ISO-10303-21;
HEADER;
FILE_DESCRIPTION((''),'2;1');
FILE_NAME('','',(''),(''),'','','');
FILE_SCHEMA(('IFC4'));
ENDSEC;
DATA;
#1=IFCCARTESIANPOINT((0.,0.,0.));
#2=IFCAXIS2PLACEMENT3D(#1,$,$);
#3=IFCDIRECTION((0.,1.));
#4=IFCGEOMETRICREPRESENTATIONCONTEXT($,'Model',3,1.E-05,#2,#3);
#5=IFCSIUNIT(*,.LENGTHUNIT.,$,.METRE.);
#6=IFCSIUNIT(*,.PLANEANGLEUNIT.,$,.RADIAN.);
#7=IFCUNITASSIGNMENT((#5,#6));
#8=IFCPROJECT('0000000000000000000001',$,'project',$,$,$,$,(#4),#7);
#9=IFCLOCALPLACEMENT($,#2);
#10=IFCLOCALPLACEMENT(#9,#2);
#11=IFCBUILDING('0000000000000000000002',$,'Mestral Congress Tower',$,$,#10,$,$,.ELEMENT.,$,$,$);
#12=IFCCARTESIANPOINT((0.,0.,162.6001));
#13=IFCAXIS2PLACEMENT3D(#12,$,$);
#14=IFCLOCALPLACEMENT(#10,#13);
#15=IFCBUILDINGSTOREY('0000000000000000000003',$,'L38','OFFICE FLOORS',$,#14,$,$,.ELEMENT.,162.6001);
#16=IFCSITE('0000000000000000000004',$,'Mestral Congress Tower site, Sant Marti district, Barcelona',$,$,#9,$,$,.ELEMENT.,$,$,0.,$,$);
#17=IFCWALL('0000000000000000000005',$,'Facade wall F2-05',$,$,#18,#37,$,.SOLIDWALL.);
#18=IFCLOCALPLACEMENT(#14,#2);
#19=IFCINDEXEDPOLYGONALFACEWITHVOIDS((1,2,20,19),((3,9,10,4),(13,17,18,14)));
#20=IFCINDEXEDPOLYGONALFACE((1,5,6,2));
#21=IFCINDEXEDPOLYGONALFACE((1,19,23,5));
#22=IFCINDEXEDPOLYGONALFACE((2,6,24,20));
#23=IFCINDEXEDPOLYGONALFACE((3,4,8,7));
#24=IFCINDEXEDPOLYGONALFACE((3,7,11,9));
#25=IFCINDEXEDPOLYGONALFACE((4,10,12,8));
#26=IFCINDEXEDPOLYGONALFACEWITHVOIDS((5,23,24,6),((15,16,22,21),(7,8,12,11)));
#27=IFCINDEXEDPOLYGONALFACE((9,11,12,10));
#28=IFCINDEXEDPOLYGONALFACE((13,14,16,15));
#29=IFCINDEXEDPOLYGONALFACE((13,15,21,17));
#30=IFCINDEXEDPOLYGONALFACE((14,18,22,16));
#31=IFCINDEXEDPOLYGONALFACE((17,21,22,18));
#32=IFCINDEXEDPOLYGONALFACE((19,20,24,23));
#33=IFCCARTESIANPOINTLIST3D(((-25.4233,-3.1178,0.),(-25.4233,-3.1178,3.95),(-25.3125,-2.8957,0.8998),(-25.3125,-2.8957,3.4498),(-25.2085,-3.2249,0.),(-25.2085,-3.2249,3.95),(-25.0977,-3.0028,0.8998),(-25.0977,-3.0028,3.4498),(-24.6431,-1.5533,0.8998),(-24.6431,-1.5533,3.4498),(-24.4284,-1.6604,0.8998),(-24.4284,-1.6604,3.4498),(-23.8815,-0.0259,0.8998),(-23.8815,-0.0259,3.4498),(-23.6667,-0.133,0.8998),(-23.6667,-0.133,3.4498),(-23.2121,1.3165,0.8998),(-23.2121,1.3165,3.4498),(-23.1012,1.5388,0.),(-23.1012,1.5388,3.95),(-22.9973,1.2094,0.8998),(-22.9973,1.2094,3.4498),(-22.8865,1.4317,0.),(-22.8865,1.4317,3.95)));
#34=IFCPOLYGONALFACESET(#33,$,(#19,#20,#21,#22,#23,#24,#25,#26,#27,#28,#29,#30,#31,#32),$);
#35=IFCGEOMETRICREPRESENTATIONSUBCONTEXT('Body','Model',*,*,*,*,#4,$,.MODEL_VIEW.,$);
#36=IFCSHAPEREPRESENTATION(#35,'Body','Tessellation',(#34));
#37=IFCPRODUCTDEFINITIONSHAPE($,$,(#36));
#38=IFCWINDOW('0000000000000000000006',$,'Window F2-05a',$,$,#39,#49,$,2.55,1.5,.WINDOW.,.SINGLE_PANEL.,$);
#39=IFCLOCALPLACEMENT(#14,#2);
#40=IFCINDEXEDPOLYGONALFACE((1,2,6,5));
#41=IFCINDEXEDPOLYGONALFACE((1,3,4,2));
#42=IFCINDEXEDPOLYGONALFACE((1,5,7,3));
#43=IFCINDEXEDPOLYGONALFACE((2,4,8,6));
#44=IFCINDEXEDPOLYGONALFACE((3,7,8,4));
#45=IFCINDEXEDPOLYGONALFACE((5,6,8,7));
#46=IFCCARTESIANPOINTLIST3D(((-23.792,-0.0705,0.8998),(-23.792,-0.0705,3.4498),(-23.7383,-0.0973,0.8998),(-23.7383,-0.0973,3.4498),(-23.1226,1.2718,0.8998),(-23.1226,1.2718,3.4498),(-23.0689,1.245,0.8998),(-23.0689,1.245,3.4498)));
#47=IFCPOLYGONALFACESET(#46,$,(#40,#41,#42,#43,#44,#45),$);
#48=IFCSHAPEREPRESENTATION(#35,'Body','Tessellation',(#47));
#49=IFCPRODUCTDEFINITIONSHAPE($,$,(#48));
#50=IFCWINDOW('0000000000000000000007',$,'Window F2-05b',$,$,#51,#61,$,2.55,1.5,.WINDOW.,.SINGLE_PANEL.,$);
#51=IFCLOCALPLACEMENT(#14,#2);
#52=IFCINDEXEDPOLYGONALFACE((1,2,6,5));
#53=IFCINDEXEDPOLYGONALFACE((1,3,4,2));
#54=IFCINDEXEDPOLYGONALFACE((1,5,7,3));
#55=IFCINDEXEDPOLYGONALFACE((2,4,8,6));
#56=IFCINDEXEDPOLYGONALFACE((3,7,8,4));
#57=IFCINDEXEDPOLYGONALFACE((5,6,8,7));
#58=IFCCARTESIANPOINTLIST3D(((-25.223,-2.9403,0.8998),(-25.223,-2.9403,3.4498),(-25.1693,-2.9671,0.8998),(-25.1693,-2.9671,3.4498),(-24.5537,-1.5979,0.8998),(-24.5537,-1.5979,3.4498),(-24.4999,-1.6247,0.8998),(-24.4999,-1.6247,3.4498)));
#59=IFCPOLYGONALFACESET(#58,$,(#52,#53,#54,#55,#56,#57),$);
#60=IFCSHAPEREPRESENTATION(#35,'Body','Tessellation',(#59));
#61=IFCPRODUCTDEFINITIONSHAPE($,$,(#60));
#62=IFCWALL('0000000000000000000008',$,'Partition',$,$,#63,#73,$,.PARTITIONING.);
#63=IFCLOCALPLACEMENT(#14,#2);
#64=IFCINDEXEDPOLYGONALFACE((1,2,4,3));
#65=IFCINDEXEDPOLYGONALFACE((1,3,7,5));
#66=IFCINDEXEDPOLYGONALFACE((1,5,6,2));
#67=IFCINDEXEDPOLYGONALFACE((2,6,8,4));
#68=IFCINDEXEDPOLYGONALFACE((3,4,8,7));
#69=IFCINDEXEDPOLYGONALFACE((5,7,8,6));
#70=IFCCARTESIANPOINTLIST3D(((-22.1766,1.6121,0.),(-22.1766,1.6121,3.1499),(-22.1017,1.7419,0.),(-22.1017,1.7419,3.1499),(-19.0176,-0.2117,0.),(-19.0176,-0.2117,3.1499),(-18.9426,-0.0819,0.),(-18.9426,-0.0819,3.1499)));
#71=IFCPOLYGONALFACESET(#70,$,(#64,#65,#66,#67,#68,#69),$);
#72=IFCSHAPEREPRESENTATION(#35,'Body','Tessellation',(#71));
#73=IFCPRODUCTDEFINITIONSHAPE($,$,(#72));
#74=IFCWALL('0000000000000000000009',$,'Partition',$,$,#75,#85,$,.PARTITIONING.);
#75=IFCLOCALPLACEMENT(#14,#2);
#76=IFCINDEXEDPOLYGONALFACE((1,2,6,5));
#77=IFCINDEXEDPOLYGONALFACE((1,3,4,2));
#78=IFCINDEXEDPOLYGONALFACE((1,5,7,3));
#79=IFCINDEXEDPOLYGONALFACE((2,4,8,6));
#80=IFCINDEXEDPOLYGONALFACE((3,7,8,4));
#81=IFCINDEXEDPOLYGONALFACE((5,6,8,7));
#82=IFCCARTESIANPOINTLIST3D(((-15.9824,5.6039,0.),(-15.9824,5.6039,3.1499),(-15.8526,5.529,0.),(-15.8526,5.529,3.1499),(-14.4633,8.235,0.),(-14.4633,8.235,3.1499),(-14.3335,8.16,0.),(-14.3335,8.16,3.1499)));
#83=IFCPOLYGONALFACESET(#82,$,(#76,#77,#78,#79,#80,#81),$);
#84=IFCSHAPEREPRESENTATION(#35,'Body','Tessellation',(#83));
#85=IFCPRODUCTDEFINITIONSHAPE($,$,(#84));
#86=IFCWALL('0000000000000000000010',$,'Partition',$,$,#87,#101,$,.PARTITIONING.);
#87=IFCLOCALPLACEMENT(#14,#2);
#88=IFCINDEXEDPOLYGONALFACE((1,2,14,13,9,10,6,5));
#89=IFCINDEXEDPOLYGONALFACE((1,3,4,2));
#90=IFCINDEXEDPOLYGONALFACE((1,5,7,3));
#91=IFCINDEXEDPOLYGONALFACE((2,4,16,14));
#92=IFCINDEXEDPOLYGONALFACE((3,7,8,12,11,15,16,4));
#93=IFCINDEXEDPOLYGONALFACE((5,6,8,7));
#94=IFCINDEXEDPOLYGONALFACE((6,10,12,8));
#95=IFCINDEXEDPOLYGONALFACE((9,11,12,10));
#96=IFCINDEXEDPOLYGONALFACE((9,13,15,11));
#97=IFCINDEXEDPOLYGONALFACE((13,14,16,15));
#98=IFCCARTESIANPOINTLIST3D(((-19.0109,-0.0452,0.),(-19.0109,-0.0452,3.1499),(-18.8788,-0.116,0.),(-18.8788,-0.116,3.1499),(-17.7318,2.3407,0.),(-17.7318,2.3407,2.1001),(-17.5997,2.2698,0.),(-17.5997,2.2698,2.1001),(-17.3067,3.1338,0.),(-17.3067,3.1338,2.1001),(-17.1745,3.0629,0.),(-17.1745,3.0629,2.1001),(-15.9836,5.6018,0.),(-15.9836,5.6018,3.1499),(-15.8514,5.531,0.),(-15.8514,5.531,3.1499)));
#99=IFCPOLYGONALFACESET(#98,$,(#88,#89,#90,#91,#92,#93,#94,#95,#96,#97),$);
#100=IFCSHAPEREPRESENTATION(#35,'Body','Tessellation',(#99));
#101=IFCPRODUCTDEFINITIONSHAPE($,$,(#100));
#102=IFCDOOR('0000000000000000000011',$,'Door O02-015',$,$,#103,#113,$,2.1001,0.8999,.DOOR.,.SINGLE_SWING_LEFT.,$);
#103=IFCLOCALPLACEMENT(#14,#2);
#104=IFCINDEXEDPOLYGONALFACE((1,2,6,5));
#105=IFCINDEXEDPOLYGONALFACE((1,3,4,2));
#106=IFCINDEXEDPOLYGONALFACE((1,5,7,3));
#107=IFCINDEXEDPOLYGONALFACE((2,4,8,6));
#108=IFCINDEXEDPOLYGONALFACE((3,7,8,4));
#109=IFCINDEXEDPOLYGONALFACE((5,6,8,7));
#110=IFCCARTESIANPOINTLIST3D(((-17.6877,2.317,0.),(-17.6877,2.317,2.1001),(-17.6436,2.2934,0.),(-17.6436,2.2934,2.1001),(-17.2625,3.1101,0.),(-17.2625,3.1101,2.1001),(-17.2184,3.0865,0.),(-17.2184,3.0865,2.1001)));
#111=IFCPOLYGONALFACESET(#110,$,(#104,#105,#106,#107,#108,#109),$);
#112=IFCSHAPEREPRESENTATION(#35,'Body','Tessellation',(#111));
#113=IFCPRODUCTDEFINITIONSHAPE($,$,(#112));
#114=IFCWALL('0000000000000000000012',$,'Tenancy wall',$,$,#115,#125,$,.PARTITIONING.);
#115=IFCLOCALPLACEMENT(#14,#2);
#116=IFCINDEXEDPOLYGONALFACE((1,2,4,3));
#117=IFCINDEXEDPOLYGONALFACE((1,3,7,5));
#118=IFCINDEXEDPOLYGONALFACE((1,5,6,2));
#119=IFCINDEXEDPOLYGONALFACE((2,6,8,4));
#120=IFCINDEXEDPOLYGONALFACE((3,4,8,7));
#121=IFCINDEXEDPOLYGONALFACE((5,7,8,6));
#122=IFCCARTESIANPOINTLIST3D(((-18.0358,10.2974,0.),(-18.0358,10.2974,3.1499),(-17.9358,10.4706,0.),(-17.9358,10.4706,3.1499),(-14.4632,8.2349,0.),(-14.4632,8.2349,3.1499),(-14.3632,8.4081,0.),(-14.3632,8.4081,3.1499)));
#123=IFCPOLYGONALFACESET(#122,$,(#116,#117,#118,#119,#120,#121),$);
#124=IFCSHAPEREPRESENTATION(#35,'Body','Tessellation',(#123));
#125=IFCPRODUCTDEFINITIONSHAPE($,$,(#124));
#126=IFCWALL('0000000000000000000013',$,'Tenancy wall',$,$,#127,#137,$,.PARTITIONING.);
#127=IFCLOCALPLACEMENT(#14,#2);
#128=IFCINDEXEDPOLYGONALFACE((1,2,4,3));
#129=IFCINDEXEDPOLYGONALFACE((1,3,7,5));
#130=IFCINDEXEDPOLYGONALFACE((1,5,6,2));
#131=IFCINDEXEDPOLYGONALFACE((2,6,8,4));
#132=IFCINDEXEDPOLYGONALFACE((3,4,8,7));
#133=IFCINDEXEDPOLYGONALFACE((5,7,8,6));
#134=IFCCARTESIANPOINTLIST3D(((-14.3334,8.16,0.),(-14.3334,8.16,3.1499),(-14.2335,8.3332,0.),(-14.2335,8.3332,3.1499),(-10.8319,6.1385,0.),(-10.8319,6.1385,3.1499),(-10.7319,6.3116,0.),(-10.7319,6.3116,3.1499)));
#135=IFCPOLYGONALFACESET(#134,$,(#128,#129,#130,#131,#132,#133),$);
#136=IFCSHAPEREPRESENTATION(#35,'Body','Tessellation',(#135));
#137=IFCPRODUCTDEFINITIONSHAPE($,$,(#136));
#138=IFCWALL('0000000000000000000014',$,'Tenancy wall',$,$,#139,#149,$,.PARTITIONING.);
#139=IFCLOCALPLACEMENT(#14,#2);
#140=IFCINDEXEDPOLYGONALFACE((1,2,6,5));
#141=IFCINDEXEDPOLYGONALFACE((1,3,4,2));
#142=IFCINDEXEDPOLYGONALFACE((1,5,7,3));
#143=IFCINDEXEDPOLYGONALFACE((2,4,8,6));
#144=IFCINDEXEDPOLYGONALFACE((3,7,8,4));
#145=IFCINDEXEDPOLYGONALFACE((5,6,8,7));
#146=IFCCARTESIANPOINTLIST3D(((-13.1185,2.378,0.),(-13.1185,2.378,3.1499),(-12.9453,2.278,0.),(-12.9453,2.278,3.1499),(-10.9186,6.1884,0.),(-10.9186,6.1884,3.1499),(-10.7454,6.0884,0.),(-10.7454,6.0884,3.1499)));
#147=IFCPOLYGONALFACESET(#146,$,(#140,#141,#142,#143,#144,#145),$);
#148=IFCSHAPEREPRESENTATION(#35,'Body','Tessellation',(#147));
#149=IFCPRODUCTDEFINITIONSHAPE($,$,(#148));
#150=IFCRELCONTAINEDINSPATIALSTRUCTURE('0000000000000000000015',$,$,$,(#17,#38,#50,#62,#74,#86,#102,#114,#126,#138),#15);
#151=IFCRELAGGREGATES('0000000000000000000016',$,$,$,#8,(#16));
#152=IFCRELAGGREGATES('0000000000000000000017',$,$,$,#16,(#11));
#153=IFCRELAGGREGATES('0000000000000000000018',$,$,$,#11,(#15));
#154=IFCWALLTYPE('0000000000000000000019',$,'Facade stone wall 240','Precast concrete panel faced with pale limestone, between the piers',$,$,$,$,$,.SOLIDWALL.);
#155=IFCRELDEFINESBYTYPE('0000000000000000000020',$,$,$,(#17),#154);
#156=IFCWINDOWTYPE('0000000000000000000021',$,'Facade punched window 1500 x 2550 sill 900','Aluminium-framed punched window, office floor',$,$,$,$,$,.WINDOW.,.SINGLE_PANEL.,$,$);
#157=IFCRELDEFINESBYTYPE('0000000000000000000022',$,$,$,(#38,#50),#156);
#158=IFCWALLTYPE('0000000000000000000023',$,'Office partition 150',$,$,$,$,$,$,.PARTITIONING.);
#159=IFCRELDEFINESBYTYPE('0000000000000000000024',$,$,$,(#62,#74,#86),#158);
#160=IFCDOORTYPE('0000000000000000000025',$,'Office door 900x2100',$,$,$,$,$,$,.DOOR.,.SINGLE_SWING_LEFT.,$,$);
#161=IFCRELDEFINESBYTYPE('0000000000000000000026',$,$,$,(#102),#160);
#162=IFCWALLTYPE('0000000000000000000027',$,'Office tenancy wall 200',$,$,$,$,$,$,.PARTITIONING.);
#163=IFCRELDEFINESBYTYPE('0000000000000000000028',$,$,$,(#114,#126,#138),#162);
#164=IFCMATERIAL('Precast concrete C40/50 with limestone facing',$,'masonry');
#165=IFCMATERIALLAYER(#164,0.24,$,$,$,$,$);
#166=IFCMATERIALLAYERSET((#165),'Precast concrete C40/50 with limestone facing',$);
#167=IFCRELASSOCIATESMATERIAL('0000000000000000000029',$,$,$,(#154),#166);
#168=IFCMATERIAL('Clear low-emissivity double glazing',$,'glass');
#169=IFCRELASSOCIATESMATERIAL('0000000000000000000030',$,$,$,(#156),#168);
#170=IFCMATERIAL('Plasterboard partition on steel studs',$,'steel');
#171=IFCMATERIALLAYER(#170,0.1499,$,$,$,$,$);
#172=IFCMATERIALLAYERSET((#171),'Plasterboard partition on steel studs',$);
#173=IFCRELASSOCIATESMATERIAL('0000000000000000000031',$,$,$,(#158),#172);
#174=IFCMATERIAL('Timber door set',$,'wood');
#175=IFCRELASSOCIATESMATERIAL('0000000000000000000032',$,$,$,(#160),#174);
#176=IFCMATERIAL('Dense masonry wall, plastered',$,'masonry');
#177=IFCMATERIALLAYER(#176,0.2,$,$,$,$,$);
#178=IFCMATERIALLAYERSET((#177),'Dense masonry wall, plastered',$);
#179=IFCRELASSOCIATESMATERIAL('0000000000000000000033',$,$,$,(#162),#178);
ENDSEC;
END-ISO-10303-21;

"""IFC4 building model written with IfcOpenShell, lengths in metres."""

from ifc_helpers import new_model, si_unit, direction, frame, frame_2d, origin, place, context, subcontext, project, spatial, rectangle, extrude, material, layer, layer_set, type_object, element, fill, save


model = new_model("IFC4")

# Units and contexts
model_context = context("Model", 3, precision=1e-05, world=origin(), true_north=direction((0.0, 1.0)))
body_context = subcontext(model_context, "Body", "Model", "MODEL_VIEW")
ifc_project = project(units=[si_unit("LENGTHUNIT", "METRE"), si_unit("PLANEANGLEUNIT", "RADIAN")], contexts=[model_context])

# Site, building, storey
site_placement = place(None, origin())
site = spatial("IfcSite", under=ifc_project, at=site_placement, Name="Mestral Congress Tower site, Sant Marti district, Barcelona", CompositionType="ELEMENT", RefElevation=0.0)
building_placement = place(site_placement, origin())
building = spatial("IfcBuilding", under=site, at=building_placement, Name="Mestral Congress Tower", CompositionType="ELEMENT")
storey_placement = place(building_placement, frame((0.0, 0.0, 162.6001)))
storey = spatial("IfcBuildingStorey", under=building, at=storey_placement, Name="L38", Description="OFFICE FLOORS", CompositionType="ELEMENT", Elevation=162.6001)

# Wall, openings, windows
ifc_material_1 = material(Name="Precast concrete C40/50 with limestone facing", Category="masonry")
ifc_layer_1 = layer(ifc_material_1, 0.24)
ifc_layer_set_1 = layer_set([ifc_layer_1], Name="Precast concrete C40/50 with limestone facing")
wall_type_1 = type_object("IfcWallType", Name="Facade stone wall 240", Description="Precast concrete panel faced with pale limestone, between the piers", PredefinedType="SOLIDWALL", material=ifc_layer_set_1)
ifc_material_2 = material(Name="Clear low-emissivity double glazing", Category="glass")
window_type = type_object("IfcWindowType", Name="Facade punched window 1500 x 2550 sill 900", Description="Aluminium-framed punched window, office floor", PartitioningType="SINGLE_PANEL", PredefinedType="WINDOW", material=ifc_material_2)
wall_1_placement = place(storey_placement, frame((-22.9939, 1.4851, 0.0), z_axis=(0.0, 0.0, 1.0), x_axis=(-0.446256, -0.894905, 0.0)))
wall_1 = element("IfcWall", 1, at=wall_1_placement, inside=storey, type_object=wall_type_1, Name="Facade wall F2-05", PredefinedType="SOLIDWALL", context=body_context, shape_type="SweptSolid", body=[
    extrude(rectangle(XDim=5.2034, YDim=0.24, at=frame_2d((2.6016, 0.0))), origin(), (0.0, 0.0, 1.0), 3.95),
])
opening_1_placement = place(wall_1_placement, frame((0.2483, 0.0, 0.8999)))
opening_1 = element("IfcOpeningElement", 2, at=opening_1_placement, cuts=wall_1, PredefinedType="OPENING", context=body_context, shape_type="SweptSolid", body=[
    extrude(rectangle(XDim=1.5, YDim=2.55, at=frame_2d((0.75, 1.2749))), frame((0.0, 0.1299, 0.0), z_axis=(0.0, -1.0, 0.0), x_axis=(1.0, 0.0, 0.0)), (0.0, 0.0, 1.0), 0.26),
])
opening_2_placement = place(wall_1_placement, frame((3.4551, 0.0, 0.8999)))
opening_2 = element("IfcOpeningElement", 3, at=opening_2_placement, cuts=wall_1, PredefinedType="OPENING", context=body_context, shape_type="SweptSolid", body=[
    extrude(rectangle(XDim=1.5, YDim=2.55, at=frame_2d((0.75, 1.2749))), frame((0.0, 0.1299, 0.0), z_axis=(0.0, -1.0, 0.0), x_axis=(1.0, 0.0, 0.0)), (0.0, 0.0, 1.0), 0.26),
])
window_1_placement = place(opening_1_placement, origin())
window_1 = element("IfcWindow", 4, at=window_1_placement, inside=storey, type_object=window_type, Name="Window F2-05a", OverallHeight=2.55, OverallWidth=1.5, PartitioningType="SINGLE_PANEL", PredefinedType="WINDOW", context=body_context, shape_type="SweptSolid", body=[
    extrude(rectangle(XDim=1.5, YDim=2.55, at=frame_2d((0.75, 1.2749))), frame((0.0, 0.04, 0.0), z_axis=(0.0, -1.0, 0.0), x_axis=(1.0, 0.0, 0.0)), (0.0, 0.0, 1.0), 0.0601),
])
fill(opening_1, window_1)
window_2_placement = place(opening_2_placement, origin())
window_2 = element("IfcWindow", 5, at=window_2_placement, inside=storey, type_object=window_type, Name="Window F2-05b", OverallHeight=2.55, OverallWidth=1.5, PartitioningType="SINGLE_PANEL", PredefinedType="WINDOW", context=body_context, shape_type="SweptSolid", body=[
    extrude(rectangle(XDim=1.5, YDim=2.55, at=frame_2d((0.75, 1.2749))), frame((0.0, 0.04, 0.0), z_axis=(0.0, -1.0, 0.0), x_axis=(1.0, 0.0, 0.0)), (0.0, 0.0, 1.0), 0.0601),
])
fill(opening_2, window_2)

# Walls
ifc_material_3 = material(Name="Plasterboard partition on steel studs", Category="steel")
ifc_layer_2 = layer(ifc_material_3, 0.1499)
ifc_layer_set_2 = layer_set([ifc_layer_2], Name="Plasterboard partition on steel studs")
wall_type_2 = type_object("IfcWallType", Name="Office partition 150", PredefinedType="PARTITIONING", material=ifc_layer_set_2)
wall_2_placement = place(storey_placement, frame((-18.9802, -0.1467, 0.0), z_axis=(0.0, 0.0, 1.0), x_axis=(-0.866035, 0.499983, 0.0)))
element("IfcWall", 6, at=wall_2_placement, inside=storey, type_object=wall_type_2, Name="Partition", PredefinedType="PARTITIONING", context=body_context, shape_type="SweptSolid", body=[
    extrude(rectangle(XDim=3.6477, YDim=0.1499, at=frame_2d((1.8237, 0.0))), origin(), (0.0, 0.0, 1.0), 3.1499),
])
wall_3_placement = place(storey_placement, frame((-14.3984, 8.1975, 0.0), z_axis=(0.0, 0.0, 1.0), x_axis=(-0.499994, -0.866029, 0.0)))
element("IfcWall", 7, at=wall_3_placement, inside=storey, type_object=wall_type_2, Name="Partition", PredefinedType="PARTITIONING", context=body_context, shape_type="SweptSolid", body=[
    extrude(rectangle(XDim=3.0381, YDim=0.1499, at=frame_2d((1.519, 0.0))), origin(), (0.0, 0.0, 1.0), 3.1499),
])

# Wall, opening, door
wall_4_placement = place(storey_placement, frame((-18.9448, -0.0806, 0.0), z_axis=(0.0, 0.0, 1.0), x_axis=(0.472486, 0.881338, 0.0)))
wall_4 = element("IfcWall", 8, at=wall_4_placement, inside=storey, type_object=wall_type_2, Name="Partition", PredefinedType="PARTITIONING", context=body_context, shape_type="SweptSolid", body=[
    extrude(rectangle(XDim=6.4072, YDim=0.1499, at=frame_2d((3.2036, 0.0))), origin(), (0.0, 0.0, 1.0), 3.1499),
])
opening_3_placement = place(wall_4_placement, frame((2.707, 0.0, 0.0)))
opening_3 = element("IfcOpeningElement", 9, at=opening_3_placement, cuts=wall_4, PredefinedType="OPENING", context=body_context, shape_type="SweptSolid", body=[
    extrude(rectangle(XDim=0.8999, YDim=2.1001, at=frame_2d((0.45, 1.05))), frame((0.0, 0.085, 0.0), z_axis=(0.0, -1.0, 0.0), x_axis=(1.0, 0.0, 0.0)), (0.0, 0.0, 1.0), 0.1699),
])
ifc_material_4 = material(Name="Timber door set", Category="wood")
door_type_1 = type_object("IfcDoorType", Name="Office door 900x2100", OperationType="SINGLE_SWING_LEFT", PredefinedType="DOOR", material=ifc_material_4)
door_1_placement = place(opening_3_placement, origin())
door_1 = element("IfcDoor", 10, at=door_1_placement, inside=storey, type_object=door_type_1, Name="Door O02-015", OperationType="SINGLE_SWING_LEFT", OverallHeight=2.1001, OverallWidth=0.8999, PredefinedType="DOOR", context=body_context, shape_type="SweptSolid", body=[
    extrude(rectangle(XDim=0.8999, YDim=2.1001, at=frame_2d((0.45, 1.05))), frame((0.0, 0.0249, 0.0), z_axis=(0.0, -1.0, 0.0), x_axis=(1.0, 0.0, 0.0)), (0.0, 0.0, 1.0), 0.05),
])
fill(opening_3, door_1)

# Walls
ifc_material_5 = material(Name="Dense masonry wall, plastered", Category="masonry")
ifc_layer_3 = layer(ifc_material_5, 0.2)
ifc_layer_set_3 = layer_set([ifc_layer_3], Name="Dense masonry wall, plastered")
wall_type_3 = type_object("IfcWallType", Name="Office tenancy wall 200", PredefinedType="PARTITIONING", material=ifc_layer_set_3)
wall_5_placement = place(storey_placement, frame((-14.4133, 8.3215, 0.0), z_axis=(0.0, 0.0, 1.0), x_axis=(-0.866035, 0.499984, 0.0)))
element("IfcWall", 11, at=wall_5_placement, inside=storey, type_object=wall_type_3, Name="Tenancy wall", PredefinedType="PARTITIONING", context=body_context, shape_type="SweptSolid", body=[
    extrude(rectangle(XDim=4.1252, YDim=0.2, at=frame_2d((2.0625, 0.0))), origin(), (0.0, 0.0, 1.0), 3.1499),
])
wall_6_placement = place(storey_placement, frame((-10.782, 6.2251, 0.0), z_axis=(0.0, 0.0, 1.0), x_axis=(-0.866035, 0.499984, 0.0)))
element("IfcWall", 12, at=wall_6_placement, inside=storey, type_object=wall_type_3, Name="Tenancy wall", PredefinedType="PARTITIONING", context=body_context, shape_type="SweptSolid", body=[
    extrude(rectangle(XDim=4.0432, YDim=0.2, at=frame_2d((2.0215, 0.0))), origin(), (0.0, 0.0, 1.0), 3.1499),
])
wall_7_placement = place(storey_placement, frame((-10.832, 6.1384, 0.0), z_axis=(0.0, 0.0, 1.0), x_axis=(-0.499988, -0.866032, 0.0)))
element("IfcWall", 13, at=wall_7_placement, inside=storey, type_object=wall_type_3, Name="Tenancy wall", PredefinedType="PARTITIONING", context=body_context, shape_type="SweptSolid", body=[
    extrude(rectangle(XDim=4.3999, YDim=0.2, at=frame_2d((2.2, 0.0))), origin(), (0.0, 0.0, 1.0), 3.1499),
])

save(model, "model.ifc")
